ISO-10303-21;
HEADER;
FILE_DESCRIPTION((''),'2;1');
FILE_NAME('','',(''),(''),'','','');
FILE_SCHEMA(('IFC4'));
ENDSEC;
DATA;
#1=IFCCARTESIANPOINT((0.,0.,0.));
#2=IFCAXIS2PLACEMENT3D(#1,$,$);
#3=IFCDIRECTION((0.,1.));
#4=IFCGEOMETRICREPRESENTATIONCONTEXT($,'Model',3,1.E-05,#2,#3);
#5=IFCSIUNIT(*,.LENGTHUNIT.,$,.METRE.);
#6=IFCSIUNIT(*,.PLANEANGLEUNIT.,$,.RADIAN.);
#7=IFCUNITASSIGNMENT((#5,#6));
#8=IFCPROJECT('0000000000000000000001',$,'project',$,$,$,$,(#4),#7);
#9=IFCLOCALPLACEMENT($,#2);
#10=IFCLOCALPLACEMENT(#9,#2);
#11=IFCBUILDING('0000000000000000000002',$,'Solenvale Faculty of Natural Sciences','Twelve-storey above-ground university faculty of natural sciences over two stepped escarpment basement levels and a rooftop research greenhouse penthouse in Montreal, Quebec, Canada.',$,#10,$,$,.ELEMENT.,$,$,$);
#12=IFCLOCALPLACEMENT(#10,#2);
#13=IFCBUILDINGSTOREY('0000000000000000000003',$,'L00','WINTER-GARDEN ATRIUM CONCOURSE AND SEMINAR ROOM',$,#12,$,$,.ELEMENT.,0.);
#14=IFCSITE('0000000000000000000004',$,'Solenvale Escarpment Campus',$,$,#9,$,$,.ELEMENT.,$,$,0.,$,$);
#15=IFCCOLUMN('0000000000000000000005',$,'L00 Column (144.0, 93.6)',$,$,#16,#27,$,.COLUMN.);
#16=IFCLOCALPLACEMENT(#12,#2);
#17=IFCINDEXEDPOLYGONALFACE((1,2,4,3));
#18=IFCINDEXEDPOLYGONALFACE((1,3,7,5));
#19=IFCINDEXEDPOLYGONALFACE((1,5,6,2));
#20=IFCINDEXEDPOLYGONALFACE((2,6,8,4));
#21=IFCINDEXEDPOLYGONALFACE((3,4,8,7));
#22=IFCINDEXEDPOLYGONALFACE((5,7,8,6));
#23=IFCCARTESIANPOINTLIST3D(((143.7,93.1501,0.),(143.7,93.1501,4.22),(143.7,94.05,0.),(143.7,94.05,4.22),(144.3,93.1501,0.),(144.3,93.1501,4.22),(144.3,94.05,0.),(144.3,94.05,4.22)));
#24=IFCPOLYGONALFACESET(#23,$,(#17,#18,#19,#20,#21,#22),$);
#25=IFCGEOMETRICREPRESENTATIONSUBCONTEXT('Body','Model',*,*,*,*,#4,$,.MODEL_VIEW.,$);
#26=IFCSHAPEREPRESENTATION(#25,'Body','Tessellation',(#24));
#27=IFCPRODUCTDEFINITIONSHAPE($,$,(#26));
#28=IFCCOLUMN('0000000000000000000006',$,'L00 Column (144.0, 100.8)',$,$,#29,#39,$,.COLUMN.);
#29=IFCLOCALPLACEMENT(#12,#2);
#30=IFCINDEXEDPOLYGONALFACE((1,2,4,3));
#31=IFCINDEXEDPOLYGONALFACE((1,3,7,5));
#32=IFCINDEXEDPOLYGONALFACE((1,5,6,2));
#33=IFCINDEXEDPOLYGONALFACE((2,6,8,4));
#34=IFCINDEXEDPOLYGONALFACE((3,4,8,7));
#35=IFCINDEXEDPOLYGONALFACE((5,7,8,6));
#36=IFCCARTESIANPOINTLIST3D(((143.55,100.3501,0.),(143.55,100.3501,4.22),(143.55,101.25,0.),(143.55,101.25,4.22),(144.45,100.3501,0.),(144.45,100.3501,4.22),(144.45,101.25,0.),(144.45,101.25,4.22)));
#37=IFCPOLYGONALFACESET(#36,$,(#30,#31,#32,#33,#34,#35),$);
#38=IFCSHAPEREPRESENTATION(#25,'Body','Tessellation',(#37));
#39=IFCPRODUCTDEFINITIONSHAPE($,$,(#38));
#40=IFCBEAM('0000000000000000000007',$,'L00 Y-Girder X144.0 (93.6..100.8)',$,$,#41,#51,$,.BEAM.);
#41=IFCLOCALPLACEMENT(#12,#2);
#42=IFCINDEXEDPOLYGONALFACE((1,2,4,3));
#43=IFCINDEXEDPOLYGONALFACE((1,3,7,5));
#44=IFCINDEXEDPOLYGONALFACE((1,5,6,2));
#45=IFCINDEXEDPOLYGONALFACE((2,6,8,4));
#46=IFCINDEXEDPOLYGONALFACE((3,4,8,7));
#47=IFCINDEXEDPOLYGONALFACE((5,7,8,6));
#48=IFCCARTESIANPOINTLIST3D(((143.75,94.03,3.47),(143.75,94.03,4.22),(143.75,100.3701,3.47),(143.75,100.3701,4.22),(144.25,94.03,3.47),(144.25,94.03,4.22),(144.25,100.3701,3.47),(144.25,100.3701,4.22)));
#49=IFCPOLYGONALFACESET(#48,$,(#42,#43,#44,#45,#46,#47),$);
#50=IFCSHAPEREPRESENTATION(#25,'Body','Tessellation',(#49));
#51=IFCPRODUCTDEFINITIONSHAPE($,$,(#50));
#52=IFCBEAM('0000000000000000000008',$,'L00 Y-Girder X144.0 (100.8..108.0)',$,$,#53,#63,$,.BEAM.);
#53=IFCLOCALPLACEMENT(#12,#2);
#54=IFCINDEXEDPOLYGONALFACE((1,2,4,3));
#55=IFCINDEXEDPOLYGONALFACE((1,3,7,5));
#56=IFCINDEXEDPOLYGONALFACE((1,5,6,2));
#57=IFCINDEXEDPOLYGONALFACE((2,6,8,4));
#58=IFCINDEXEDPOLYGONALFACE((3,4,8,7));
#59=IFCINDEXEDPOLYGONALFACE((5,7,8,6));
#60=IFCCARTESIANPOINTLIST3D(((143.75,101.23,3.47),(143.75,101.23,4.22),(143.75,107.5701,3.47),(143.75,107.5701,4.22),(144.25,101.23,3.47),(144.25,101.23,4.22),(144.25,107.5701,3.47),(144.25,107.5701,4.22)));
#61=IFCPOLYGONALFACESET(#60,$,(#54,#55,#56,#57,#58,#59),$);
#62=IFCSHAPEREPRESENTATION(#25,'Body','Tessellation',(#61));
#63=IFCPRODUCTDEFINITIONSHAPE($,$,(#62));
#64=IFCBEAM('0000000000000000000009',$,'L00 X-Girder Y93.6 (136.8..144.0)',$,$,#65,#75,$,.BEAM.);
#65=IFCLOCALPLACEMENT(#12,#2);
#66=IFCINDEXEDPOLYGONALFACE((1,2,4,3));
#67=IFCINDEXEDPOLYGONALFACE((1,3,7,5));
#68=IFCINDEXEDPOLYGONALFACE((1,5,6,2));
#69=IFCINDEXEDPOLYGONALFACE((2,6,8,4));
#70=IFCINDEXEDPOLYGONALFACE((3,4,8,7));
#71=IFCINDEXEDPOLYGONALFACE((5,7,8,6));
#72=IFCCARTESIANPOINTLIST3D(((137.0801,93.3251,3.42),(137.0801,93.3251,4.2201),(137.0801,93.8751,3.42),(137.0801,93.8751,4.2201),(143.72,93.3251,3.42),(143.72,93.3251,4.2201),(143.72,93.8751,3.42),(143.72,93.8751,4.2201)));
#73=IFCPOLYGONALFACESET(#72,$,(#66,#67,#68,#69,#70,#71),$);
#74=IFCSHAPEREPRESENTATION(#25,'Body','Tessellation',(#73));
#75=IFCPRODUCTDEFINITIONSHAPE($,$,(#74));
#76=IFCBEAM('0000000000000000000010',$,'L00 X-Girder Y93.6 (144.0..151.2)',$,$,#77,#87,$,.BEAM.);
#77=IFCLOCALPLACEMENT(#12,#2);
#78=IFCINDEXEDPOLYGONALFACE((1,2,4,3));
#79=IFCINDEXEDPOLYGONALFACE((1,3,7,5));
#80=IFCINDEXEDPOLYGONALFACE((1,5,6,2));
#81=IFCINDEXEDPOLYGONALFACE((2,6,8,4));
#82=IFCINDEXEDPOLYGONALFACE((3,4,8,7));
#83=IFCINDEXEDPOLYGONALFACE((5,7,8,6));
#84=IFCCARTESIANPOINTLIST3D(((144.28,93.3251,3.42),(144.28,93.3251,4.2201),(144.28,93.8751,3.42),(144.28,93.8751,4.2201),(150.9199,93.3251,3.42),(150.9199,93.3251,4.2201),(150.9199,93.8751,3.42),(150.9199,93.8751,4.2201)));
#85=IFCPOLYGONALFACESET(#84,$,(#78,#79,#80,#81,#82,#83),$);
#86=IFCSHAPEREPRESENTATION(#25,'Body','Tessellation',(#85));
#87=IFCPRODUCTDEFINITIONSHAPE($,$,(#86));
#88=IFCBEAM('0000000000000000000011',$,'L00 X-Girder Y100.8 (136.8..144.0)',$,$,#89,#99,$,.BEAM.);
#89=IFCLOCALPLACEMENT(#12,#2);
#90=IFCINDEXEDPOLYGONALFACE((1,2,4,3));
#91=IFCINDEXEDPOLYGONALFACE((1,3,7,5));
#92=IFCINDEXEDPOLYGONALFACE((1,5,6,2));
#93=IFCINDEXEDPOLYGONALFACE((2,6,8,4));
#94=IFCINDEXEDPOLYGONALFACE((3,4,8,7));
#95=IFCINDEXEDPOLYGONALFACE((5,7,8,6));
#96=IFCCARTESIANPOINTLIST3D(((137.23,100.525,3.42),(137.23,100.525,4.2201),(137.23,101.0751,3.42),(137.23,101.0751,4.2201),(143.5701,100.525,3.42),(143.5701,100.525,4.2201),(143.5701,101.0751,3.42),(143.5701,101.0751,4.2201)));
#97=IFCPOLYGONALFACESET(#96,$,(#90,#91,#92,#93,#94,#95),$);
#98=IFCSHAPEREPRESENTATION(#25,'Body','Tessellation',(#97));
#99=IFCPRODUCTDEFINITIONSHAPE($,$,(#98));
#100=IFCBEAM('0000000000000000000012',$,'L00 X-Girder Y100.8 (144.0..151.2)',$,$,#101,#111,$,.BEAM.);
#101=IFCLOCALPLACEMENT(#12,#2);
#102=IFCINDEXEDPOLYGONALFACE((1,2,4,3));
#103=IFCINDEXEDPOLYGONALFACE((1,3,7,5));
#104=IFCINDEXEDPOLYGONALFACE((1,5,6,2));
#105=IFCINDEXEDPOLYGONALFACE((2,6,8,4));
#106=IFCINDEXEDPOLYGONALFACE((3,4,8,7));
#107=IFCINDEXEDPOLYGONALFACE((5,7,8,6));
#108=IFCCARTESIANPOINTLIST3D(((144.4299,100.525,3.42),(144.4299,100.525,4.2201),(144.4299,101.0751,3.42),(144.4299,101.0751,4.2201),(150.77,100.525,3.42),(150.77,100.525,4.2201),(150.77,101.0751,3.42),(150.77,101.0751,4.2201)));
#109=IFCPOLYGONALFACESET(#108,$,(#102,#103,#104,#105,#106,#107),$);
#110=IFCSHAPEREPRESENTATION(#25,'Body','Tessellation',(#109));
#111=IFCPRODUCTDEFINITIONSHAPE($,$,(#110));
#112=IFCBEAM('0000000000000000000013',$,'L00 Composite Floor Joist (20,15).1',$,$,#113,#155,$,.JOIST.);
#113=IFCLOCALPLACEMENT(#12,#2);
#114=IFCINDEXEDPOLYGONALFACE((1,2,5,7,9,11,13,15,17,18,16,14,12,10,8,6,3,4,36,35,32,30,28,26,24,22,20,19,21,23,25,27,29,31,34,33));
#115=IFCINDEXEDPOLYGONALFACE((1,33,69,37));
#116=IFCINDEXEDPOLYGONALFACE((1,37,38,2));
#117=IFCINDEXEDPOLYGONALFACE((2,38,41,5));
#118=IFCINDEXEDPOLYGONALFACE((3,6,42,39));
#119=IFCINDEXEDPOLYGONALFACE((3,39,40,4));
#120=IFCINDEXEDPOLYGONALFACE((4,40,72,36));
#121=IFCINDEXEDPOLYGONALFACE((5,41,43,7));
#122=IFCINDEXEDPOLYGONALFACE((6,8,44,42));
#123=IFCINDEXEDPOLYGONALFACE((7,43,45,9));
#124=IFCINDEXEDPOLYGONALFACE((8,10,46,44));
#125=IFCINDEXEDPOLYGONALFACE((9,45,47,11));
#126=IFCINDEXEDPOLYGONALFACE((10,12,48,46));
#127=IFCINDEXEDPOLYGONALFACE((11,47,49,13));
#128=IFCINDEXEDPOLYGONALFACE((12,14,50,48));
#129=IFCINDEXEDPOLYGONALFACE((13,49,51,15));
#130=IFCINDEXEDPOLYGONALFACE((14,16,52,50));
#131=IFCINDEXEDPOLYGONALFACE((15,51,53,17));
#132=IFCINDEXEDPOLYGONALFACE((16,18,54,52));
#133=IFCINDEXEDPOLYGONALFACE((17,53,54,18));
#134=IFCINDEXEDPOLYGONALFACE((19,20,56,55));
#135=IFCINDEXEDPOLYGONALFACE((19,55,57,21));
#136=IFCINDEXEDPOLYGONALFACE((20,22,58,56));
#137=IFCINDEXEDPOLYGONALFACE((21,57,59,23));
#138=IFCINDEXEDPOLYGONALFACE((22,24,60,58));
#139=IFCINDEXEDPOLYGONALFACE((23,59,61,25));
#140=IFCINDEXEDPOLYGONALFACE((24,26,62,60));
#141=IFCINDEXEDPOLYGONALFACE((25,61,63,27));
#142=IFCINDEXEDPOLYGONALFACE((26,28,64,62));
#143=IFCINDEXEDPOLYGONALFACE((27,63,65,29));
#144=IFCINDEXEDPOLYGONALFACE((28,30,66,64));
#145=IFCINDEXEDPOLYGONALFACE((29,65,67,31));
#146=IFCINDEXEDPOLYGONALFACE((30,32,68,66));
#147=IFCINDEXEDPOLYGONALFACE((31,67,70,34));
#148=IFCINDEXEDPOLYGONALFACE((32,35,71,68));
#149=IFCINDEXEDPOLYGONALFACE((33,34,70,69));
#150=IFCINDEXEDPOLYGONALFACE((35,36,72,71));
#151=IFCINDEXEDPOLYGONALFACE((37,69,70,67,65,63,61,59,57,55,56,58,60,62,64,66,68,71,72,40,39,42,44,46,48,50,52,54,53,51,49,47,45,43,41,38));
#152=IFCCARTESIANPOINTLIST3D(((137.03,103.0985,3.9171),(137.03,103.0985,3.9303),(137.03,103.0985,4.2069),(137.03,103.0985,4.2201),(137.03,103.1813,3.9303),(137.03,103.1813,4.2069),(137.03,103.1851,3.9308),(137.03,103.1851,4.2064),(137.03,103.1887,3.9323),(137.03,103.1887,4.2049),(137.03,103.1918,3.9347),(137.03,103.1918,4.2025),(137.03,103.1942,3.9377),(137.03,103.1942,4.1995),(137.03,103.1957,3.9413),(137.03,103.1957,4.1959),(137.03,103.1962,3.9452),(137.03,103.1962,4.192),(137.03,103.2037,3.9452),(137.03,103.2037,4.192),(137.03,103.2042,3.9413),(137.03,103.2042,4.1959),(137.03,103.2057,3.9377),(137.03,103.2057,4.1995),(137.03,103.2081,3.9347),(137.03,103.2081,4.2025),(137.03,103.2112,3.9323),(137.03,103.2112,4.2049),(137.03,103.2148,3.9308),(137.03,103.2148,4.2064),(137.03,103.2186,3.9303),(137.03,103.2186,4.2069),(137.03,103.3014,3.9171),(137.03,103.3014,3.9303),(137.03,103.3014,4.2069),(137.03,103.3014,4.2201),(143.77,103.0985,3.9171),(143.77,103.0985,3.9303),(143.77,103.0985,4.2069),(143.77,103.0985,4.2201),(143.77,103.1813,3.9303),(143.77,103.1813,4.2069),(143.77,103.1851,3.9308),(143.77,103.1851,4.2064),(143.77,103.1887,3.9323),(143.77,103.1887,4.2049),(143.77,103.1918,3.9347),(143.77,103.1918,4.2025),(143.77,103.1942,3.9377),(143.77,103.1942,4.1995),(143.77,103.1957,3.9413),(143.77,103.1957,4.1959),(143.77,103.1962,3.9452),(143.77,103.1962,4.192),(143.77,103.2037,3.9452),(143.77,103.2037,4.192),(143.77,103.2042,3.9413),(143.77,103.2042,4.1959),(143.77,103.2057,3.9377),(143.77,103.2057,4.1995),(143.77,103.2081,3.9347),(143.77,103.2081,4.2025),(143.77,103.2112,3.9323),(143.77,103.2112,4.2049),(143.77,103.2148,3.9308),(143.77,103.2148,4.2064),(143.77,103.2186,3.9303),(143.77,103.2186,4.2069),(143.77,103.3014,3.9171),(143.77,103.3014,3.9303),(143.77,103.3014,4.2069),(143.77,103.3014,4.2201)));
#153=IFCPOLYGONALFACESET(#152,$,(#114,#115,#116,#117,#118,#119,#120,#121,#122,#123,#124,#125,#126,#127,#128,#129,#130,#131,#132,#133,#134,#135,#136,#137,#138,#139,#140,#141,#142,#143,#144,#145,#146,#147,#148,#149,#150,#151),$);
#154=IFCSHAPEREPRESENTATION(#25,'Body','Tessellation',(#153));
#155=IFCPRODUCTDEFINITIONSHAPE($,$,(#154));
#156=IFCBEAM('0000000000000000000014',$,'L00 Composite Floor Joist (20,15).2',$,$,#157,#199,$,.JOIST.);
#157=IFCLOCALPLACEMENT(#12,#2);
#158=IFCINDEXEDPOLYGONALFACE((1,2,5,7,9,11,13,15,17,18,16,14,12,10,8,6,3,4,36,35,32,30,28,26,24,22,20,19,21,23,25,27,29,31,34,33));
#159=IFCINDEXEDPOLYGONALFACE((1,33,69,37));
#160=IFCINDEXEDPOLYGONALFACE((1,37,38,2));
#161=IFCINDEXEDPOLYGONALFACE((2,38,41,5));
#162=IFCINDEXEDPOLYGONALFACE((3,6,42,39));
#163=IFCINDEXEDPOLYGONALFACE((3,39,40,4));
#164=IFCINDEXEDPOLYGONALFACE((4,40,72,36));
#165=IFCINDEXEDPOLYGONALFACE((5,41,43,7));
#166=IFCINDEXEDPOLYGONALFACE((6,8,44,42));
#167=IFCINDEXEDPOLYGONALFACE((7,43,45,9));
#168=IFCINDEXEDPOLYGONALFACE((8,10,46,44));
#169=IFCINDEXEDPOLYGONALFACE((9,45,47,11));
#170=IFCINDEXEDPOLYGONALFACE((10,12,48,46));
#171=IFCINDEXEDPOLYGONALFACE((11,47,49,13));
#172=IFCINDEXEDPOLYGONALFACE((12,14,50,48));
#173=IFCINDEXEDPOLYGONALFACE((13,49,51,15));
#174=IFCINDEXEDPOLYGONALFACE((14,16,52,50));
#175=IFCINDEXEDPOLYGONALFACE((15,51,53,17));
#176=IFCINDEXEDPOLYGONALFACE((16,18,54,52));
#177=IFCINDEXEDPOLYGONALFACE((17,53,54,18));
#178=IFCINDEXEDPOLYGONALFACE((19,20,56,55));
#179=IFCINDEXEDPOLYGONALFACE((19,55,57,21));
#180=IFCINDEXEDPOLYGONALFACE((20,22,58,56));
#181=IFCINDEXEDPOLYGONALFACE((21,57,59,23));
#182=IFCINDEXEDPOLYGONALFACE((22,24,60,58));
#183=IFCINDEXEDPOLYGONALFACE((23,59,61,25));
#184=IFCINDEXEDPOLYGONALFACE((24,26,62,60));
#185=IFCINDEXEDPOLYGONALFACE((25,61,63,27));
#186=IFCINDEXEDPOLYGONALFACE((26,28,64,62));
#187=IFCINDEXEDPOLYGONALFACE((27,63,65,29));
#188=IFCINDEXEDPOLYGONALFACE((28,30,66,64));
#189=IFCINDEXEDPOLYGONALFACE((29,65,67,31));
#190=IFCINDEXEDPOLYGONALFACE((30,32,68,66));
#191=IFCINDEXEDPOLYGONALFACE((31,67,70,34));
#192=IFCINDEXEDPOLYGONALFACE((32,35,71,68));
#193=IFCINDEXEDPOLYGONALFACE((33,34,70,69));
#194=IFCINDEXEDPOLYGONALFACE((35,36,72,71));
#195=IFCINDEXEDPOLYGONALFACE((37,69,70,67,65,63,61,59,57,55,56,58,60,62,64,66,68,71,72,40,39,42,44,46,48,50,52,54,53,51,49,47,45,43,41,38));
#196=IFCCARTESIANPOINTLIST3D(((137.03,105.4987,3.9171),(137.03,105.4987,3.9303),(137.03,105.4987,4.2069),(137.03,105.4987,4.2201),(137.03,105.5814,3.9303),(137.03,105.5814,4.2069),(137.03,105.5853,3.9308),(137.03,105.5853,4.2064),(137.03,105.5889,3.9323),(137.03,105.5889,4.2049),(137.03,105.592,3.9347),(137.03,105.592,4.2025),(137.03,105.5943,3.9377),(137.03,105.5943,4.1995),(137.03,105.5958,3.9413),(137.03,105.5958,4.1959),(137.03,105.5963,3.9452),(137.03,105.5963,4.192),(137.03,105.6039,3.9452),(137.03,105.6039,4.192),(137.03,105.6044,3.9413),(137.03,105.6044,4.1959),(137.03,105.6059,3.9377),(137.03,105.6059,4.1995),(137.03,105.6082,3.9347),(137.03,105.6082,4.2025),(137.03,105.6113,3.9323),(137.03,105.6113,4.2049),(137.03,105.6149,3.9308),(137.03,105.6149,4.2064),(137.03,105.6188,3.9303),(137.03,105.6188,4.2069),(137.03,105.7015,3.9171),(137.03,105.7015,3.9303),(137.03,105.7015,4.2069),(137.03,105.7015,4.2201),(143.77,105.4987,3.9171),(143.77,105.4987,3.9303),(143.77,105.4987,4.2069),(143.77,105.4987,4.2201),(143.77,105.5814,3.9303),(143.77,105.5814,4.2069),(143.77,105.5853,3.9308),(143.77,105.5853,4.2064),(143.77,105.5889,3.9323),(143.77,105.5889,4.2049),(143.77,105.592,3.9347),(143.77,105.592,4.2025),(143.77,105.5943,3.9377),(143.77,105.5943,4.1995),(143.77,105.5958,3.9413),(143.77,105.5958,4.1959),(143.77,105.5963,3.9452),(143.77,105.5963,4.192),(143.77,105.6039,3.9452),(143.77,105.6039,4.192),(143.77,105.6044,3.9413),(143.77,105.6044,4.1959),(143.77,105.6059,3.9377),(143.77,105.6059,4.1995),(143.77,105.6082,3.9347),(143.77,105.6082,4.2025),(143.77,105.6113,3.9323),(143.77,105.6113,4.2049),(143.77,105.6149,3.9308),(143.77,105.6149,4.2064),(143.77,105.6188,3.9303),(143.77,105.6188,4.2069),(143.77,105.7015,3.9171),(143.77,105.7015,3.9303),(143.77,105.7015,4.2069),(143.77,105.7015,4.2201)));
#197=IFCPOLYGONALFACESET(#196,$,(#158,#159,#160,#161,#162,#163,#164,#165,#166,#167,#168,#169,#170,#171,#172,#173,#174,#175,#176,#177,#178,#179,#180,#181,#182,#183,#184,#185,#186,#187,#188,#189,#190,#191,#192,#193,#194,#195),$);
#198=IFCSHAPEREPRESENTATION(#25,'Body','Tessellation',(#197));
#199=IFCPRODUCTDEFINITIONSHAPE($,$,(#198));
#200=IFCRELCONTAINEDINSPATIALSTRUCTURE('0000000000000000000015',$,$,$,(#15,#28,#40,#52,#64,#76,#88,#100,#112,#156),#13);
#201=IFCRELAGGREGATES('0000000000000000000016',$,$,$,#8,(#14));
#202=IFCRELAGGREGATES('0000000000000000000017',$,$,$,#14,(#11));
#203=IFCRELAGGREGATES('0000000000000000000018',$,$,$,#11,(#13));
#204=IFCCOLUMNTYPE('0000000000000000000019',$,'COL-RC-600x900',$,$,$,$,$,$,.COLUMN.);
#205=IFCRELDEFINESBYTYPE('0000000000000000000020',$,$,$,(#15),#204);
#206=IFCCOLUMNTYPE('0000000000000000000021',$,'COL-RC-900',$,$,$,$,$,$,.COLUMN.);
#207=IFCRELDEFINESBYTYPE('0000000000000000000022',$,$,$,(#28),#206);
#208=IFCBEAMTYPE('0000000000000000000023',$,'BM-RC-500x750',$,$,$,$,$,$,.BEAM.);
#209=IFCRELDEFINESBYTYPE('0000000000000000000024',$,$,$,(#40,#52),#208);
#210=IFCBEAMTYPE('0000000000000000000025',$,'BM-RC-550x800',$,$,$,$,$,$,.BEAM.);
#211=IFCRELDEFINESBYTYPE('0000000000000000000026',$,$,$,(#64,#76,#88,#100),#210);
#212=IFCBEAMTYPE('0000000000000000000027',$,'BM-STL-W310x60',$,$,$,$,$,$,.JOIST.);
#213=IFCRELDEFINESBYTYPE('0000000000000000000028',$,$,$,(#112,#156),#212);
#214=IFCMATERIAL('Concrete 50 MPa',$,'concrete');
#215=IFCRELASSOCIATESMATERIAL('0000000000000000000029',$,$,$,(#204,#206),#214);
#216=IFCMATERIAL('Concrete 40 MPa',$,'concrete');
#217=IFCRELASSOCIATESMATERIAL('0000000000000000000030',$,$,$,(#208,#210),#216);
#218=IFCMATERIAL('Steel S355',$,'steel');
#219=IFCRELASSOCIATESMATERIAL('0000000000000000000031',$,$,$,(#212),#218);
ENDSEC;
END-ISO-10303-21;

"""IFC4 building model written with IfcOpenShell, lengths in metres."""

from ifc_helpers import new_model, si_unit, direction, frame, origin, origin_2d, place, context, subcontext, project, spatial, rectangle, i_section, extrude, material, material_profile, profile_set, type_object, element, save


model = new_model("IFC4")

# Units and contexts
model_context = context("Model", 3, precision=1e-05, world=origin(), true_north=direction((0.0, 1.0)))
body_context = subcontext(model_context, "Body", "Model", "MODEL_VIEW")
ifc_project = project(units=[si_unit("LENGTHUNIT", "METRE"), si_unit("PLANEANGLEUNIT", "RADIAN")], contexts=[model_context])

# Site, building, storey
site_placement = place(None, origin())
site = spatial("IfcSite", under=ifc_project, at=site_placement, Name="Solenvale Escarpment Campus", CompositionType="ELEMENT", RefElevation=0.0)
building_placement = place(site_placement, origin())
building = spatial("IfcBuilding", under=site, at=building_placement, Name="Solenvale Faculty of Natural Sciences", Description="Twelve-storey above-ground university faculty of natural sciences over two stepped escarpment basement levels and a rooftop research greenhouse penthouse in Montreal, Quebec, Canada.", CompositionType="ELEMENT")
storey_placement = place(building_placement, origin())
storey = spatial("IfcBuildingStorey", under=building, at=storey_placement, Name="L00", Description="WINTER-GARDEN ATRIUM CONCOURSE AND SEMINAR ROOM", CompositionType="ELEMENT", Elevation=0.0)

# Columns
ifc_material_1 = material(Name="Concrete 50 MPa", Category="concrete")
ifc_material_profile_1 = material_profile(ifc_material_1, rectangle(XDim=0.6001, YDim=0.8999, at=origin_2d()), Name="RC-COL-600x900")
ifc_profile_set_1 = profile_set([ifc_material_profile_1], Name="Concrete 50 MPa")
column_type_1 = type_object("IfcColumnType", Name="COL-RC-600x900", PredefinedType="COLUMN", material=ifc_profile_set_1)
column_1_placement = place(storey_placement, frame((144.0, 93.6001, 0.0), z_axis=(0.0, 0.0, 1.0), x_axis=(1.0, 0.0, 0.0)))
element("IfcColumn", 1, at=column_1_placement, inside=storey, type_object=column_type_1, Name="L00 Column (144.0, 93.6)", PredefinedType="COLUMN", context=body_context, shape_type="SweptSolid", body=[
    extrude(rectangle(XDim=0.6001, YDim=0.8999, at=origin_2d()), origin(), (0.0, 0.0, 1.0), 4.22),
])
ifc_material_profile_2 = material_profile(ifc_material_1, rectangle(XDim=0.8999, YDim=0.8999, at=origin_2d()), Name="RC-COL-900x900")
ifc_profile_set_2 = profile_set([ifc_material_profile_2], Name="Concrete 50 MPa")
column_type_2 = type_object("IfcColumnType", Name="COL-RC-900", PredefinedType="COLUMN", material=ifc_profile_set_2)
column_2_placement = place(storey_placement, frame((144.0, 100.8, 0.0), z_axis=(0.0, 0.0, 1.0), x_axis=(1.0, 0.0, 0.0)))
element("IfcColumn", 2, at=column_2_placement, inside=storey, type_object=column_type_2, Name="L00 Column (144.0, 100.8)", PredefinedType="COLUMN", context=body_context, shape_type="SweptSolid", body=[
    extrude(rectangle(XDim=0.8999, YDim=0.8999, at=origin_2d()), origin(), (0.0, 0.0, 1.0), 4.22),
])

# Beams
ifc_material_2 = material(Name="Concrete 40 MPa", Category="concrete")
ifc_material_profile_3 = material_profile(ifc_material_2, rectangle(XDim=0.5, YDim=0.75, at=origin_2d()), Name="RC-BM-500x750")
ifc_profile_set_3 = profile_set([ifc_material_profile_3], Name="Concrete 40 MPa")
beam_type_1 = type_object("IfcBeamType", Name="BM-RC-500x750", PredefinedType="BEAM", material=ifc_profile_set_3)
for number, where, z_axis, x_axis, name in (
    (3, (144.0, 94.03, 3.845), (0.0, 1.0, 0.0), (-1.0, 0.0, 0.0), "L00 Y-Girder X144.0 (93.6..100.8)"),
    (4, (144.0, 101.23, 3.845), (0.0, 1.0, 0.0), (-1.0, 0.0, 0.0), "L00 Y-Girder X144.0 (100.8..108.0)"),
):
    element("IfcBeam", number, at=place(storey_placement, frame(where, z_axis=z_axis, x_axis=x_axis)), inside=storey, type_object=beam_type_1, Name=name, PredefinedType="BEAM", context=body_context, shape_type="SweptSolid", body=[
        extrude(rectangle(XDim=0.5, YDim=0.75, at=origin_2d()), origin(), (0.0, 0.0, 1.0), 6.3401),
    ])
ifc_material_profile_4 = material_profile(ifc_material_2, rectangle(XDim=0.55, YDim=0.8, at=origin_2d()), Name="RC-BM-550x800")
ifc_profile_set_4 = profile_set([ifc_material_profile_4], Name="Concrete 40 MPa")
beam_type_2 = type_object("IfcBeamType", Name="BM-RC-550x800", PredefinedType="BEAM", material=ifc_profile_set_4)
for number, where, z_axis, x_axis, name in (
    (5, (137.0801, 93.6001, 3.8201), (1.0, 0.0, 0.0), (0.0, 1.0, 0.0), "L00 X-Girder Y93.6 (136.8..144.0)"),
    (6, (144.28, 93.6001, 3.8201), (1.0, 0.0, 0.0), (0.0, 1.0, 0.0), "L00 X-Girder Y93.6 (144.0..151.2)"),
):
    element("IfcBeam", number, at=place(storey_placement, frame(where, z_axis=z_axis, x_axis=x_axis)), inside=storey, type_object=beam_type_2, Name=name, PredefinedType="BEAM", context=body_context, shape_type="SweptSolid", body=[
        extrude(rectangle(XDim=0.55, YDim=0.8, at=origin_2d()), origin(), (0.0, 0.0, 1.0), 6.6399),
    ])
for number, where, z_axis, x_axis, name in (
    (7, (137.23, 100.8, 3.8201), (1.0, 0.0, 0.0), (0.0, 1.0, 0.0), "L00 X-Girder Y100.8 (136.8..144.0)"),
    (8, (144.4299, 100.8, 3.8201), (1.0, 0.0, 0.0), (0.0, 1.0, 0.0), "L00 X-Girder Y100.8 (144.0..151.2)"),
):
    element("IfcBeam", number, at=place(storey_placement, frame(where, z_axis=z_axis, x_axis=x_axis)), inside=storey, type_object=beam_type_2, Name=name, PredefinedType="BEAM", context=body_context, shape_type="SweptSolid", body=[
        extrude(rectangle(XDim=0.55, YDim=0.8, at=origin_2d()), origin(), (0.0, 0.0, 1.0), 6.3401),
    ])
ifc_material_3 = material(Name="Steel S355", Category="steel")
ifc_material_profile_5 = material_profile(ifc_material_3, i_section(OverallWidth=0.2029, OverallDepth=0.303, WebThickness=0.0076, FlangeThickness=0.0132, FilletRadius=0.0149, at=origin_2d()), Name="W310x60")
ifc_profile_set_5 = profile_set([ifc_material_profile_5], Name="Steel S355")
beam_type_3 = type_object("IfcBeamType", Name="BM-STL-W310x60", PredefinedType="JOIST", material=ifc_profile_set_5)
for number, where, z_axis, x_axis, name in (
    (9, (137.03, 103.2, 4.0686), (1.0, 0.0, 0.0), (0.0, 1.0, 0.0), "L00 Composite Floor Joist (20,15).1"),
    (10, (137.03, 105.6001, 4.0686), (1.0, 0.0, 0.0), (0.0, 1.0, 0.0), "L00 Composite Floor Joist (20,15).2"),
):
    element("IfcBeam", number, at=place(storey_placement, frame(where, z_axis=z_axis, x_axis=x_axis)), inside=storey, type_object=beam_type_3, Name=name, PredefinedType="JOIST", context=body_context, shape_type="SweptSolid", body=[
        extrude(i_section(OverallWidth=0.2029, OverallDepth=0.303, WebThickness=0.0076, FlangeThickness=0.0132, FilletRadius=0.0149, at=origin_2d()), origin(), (0.0, 0.0, 1.0), 6.74),
    ])

save(model, "model.ifc")
